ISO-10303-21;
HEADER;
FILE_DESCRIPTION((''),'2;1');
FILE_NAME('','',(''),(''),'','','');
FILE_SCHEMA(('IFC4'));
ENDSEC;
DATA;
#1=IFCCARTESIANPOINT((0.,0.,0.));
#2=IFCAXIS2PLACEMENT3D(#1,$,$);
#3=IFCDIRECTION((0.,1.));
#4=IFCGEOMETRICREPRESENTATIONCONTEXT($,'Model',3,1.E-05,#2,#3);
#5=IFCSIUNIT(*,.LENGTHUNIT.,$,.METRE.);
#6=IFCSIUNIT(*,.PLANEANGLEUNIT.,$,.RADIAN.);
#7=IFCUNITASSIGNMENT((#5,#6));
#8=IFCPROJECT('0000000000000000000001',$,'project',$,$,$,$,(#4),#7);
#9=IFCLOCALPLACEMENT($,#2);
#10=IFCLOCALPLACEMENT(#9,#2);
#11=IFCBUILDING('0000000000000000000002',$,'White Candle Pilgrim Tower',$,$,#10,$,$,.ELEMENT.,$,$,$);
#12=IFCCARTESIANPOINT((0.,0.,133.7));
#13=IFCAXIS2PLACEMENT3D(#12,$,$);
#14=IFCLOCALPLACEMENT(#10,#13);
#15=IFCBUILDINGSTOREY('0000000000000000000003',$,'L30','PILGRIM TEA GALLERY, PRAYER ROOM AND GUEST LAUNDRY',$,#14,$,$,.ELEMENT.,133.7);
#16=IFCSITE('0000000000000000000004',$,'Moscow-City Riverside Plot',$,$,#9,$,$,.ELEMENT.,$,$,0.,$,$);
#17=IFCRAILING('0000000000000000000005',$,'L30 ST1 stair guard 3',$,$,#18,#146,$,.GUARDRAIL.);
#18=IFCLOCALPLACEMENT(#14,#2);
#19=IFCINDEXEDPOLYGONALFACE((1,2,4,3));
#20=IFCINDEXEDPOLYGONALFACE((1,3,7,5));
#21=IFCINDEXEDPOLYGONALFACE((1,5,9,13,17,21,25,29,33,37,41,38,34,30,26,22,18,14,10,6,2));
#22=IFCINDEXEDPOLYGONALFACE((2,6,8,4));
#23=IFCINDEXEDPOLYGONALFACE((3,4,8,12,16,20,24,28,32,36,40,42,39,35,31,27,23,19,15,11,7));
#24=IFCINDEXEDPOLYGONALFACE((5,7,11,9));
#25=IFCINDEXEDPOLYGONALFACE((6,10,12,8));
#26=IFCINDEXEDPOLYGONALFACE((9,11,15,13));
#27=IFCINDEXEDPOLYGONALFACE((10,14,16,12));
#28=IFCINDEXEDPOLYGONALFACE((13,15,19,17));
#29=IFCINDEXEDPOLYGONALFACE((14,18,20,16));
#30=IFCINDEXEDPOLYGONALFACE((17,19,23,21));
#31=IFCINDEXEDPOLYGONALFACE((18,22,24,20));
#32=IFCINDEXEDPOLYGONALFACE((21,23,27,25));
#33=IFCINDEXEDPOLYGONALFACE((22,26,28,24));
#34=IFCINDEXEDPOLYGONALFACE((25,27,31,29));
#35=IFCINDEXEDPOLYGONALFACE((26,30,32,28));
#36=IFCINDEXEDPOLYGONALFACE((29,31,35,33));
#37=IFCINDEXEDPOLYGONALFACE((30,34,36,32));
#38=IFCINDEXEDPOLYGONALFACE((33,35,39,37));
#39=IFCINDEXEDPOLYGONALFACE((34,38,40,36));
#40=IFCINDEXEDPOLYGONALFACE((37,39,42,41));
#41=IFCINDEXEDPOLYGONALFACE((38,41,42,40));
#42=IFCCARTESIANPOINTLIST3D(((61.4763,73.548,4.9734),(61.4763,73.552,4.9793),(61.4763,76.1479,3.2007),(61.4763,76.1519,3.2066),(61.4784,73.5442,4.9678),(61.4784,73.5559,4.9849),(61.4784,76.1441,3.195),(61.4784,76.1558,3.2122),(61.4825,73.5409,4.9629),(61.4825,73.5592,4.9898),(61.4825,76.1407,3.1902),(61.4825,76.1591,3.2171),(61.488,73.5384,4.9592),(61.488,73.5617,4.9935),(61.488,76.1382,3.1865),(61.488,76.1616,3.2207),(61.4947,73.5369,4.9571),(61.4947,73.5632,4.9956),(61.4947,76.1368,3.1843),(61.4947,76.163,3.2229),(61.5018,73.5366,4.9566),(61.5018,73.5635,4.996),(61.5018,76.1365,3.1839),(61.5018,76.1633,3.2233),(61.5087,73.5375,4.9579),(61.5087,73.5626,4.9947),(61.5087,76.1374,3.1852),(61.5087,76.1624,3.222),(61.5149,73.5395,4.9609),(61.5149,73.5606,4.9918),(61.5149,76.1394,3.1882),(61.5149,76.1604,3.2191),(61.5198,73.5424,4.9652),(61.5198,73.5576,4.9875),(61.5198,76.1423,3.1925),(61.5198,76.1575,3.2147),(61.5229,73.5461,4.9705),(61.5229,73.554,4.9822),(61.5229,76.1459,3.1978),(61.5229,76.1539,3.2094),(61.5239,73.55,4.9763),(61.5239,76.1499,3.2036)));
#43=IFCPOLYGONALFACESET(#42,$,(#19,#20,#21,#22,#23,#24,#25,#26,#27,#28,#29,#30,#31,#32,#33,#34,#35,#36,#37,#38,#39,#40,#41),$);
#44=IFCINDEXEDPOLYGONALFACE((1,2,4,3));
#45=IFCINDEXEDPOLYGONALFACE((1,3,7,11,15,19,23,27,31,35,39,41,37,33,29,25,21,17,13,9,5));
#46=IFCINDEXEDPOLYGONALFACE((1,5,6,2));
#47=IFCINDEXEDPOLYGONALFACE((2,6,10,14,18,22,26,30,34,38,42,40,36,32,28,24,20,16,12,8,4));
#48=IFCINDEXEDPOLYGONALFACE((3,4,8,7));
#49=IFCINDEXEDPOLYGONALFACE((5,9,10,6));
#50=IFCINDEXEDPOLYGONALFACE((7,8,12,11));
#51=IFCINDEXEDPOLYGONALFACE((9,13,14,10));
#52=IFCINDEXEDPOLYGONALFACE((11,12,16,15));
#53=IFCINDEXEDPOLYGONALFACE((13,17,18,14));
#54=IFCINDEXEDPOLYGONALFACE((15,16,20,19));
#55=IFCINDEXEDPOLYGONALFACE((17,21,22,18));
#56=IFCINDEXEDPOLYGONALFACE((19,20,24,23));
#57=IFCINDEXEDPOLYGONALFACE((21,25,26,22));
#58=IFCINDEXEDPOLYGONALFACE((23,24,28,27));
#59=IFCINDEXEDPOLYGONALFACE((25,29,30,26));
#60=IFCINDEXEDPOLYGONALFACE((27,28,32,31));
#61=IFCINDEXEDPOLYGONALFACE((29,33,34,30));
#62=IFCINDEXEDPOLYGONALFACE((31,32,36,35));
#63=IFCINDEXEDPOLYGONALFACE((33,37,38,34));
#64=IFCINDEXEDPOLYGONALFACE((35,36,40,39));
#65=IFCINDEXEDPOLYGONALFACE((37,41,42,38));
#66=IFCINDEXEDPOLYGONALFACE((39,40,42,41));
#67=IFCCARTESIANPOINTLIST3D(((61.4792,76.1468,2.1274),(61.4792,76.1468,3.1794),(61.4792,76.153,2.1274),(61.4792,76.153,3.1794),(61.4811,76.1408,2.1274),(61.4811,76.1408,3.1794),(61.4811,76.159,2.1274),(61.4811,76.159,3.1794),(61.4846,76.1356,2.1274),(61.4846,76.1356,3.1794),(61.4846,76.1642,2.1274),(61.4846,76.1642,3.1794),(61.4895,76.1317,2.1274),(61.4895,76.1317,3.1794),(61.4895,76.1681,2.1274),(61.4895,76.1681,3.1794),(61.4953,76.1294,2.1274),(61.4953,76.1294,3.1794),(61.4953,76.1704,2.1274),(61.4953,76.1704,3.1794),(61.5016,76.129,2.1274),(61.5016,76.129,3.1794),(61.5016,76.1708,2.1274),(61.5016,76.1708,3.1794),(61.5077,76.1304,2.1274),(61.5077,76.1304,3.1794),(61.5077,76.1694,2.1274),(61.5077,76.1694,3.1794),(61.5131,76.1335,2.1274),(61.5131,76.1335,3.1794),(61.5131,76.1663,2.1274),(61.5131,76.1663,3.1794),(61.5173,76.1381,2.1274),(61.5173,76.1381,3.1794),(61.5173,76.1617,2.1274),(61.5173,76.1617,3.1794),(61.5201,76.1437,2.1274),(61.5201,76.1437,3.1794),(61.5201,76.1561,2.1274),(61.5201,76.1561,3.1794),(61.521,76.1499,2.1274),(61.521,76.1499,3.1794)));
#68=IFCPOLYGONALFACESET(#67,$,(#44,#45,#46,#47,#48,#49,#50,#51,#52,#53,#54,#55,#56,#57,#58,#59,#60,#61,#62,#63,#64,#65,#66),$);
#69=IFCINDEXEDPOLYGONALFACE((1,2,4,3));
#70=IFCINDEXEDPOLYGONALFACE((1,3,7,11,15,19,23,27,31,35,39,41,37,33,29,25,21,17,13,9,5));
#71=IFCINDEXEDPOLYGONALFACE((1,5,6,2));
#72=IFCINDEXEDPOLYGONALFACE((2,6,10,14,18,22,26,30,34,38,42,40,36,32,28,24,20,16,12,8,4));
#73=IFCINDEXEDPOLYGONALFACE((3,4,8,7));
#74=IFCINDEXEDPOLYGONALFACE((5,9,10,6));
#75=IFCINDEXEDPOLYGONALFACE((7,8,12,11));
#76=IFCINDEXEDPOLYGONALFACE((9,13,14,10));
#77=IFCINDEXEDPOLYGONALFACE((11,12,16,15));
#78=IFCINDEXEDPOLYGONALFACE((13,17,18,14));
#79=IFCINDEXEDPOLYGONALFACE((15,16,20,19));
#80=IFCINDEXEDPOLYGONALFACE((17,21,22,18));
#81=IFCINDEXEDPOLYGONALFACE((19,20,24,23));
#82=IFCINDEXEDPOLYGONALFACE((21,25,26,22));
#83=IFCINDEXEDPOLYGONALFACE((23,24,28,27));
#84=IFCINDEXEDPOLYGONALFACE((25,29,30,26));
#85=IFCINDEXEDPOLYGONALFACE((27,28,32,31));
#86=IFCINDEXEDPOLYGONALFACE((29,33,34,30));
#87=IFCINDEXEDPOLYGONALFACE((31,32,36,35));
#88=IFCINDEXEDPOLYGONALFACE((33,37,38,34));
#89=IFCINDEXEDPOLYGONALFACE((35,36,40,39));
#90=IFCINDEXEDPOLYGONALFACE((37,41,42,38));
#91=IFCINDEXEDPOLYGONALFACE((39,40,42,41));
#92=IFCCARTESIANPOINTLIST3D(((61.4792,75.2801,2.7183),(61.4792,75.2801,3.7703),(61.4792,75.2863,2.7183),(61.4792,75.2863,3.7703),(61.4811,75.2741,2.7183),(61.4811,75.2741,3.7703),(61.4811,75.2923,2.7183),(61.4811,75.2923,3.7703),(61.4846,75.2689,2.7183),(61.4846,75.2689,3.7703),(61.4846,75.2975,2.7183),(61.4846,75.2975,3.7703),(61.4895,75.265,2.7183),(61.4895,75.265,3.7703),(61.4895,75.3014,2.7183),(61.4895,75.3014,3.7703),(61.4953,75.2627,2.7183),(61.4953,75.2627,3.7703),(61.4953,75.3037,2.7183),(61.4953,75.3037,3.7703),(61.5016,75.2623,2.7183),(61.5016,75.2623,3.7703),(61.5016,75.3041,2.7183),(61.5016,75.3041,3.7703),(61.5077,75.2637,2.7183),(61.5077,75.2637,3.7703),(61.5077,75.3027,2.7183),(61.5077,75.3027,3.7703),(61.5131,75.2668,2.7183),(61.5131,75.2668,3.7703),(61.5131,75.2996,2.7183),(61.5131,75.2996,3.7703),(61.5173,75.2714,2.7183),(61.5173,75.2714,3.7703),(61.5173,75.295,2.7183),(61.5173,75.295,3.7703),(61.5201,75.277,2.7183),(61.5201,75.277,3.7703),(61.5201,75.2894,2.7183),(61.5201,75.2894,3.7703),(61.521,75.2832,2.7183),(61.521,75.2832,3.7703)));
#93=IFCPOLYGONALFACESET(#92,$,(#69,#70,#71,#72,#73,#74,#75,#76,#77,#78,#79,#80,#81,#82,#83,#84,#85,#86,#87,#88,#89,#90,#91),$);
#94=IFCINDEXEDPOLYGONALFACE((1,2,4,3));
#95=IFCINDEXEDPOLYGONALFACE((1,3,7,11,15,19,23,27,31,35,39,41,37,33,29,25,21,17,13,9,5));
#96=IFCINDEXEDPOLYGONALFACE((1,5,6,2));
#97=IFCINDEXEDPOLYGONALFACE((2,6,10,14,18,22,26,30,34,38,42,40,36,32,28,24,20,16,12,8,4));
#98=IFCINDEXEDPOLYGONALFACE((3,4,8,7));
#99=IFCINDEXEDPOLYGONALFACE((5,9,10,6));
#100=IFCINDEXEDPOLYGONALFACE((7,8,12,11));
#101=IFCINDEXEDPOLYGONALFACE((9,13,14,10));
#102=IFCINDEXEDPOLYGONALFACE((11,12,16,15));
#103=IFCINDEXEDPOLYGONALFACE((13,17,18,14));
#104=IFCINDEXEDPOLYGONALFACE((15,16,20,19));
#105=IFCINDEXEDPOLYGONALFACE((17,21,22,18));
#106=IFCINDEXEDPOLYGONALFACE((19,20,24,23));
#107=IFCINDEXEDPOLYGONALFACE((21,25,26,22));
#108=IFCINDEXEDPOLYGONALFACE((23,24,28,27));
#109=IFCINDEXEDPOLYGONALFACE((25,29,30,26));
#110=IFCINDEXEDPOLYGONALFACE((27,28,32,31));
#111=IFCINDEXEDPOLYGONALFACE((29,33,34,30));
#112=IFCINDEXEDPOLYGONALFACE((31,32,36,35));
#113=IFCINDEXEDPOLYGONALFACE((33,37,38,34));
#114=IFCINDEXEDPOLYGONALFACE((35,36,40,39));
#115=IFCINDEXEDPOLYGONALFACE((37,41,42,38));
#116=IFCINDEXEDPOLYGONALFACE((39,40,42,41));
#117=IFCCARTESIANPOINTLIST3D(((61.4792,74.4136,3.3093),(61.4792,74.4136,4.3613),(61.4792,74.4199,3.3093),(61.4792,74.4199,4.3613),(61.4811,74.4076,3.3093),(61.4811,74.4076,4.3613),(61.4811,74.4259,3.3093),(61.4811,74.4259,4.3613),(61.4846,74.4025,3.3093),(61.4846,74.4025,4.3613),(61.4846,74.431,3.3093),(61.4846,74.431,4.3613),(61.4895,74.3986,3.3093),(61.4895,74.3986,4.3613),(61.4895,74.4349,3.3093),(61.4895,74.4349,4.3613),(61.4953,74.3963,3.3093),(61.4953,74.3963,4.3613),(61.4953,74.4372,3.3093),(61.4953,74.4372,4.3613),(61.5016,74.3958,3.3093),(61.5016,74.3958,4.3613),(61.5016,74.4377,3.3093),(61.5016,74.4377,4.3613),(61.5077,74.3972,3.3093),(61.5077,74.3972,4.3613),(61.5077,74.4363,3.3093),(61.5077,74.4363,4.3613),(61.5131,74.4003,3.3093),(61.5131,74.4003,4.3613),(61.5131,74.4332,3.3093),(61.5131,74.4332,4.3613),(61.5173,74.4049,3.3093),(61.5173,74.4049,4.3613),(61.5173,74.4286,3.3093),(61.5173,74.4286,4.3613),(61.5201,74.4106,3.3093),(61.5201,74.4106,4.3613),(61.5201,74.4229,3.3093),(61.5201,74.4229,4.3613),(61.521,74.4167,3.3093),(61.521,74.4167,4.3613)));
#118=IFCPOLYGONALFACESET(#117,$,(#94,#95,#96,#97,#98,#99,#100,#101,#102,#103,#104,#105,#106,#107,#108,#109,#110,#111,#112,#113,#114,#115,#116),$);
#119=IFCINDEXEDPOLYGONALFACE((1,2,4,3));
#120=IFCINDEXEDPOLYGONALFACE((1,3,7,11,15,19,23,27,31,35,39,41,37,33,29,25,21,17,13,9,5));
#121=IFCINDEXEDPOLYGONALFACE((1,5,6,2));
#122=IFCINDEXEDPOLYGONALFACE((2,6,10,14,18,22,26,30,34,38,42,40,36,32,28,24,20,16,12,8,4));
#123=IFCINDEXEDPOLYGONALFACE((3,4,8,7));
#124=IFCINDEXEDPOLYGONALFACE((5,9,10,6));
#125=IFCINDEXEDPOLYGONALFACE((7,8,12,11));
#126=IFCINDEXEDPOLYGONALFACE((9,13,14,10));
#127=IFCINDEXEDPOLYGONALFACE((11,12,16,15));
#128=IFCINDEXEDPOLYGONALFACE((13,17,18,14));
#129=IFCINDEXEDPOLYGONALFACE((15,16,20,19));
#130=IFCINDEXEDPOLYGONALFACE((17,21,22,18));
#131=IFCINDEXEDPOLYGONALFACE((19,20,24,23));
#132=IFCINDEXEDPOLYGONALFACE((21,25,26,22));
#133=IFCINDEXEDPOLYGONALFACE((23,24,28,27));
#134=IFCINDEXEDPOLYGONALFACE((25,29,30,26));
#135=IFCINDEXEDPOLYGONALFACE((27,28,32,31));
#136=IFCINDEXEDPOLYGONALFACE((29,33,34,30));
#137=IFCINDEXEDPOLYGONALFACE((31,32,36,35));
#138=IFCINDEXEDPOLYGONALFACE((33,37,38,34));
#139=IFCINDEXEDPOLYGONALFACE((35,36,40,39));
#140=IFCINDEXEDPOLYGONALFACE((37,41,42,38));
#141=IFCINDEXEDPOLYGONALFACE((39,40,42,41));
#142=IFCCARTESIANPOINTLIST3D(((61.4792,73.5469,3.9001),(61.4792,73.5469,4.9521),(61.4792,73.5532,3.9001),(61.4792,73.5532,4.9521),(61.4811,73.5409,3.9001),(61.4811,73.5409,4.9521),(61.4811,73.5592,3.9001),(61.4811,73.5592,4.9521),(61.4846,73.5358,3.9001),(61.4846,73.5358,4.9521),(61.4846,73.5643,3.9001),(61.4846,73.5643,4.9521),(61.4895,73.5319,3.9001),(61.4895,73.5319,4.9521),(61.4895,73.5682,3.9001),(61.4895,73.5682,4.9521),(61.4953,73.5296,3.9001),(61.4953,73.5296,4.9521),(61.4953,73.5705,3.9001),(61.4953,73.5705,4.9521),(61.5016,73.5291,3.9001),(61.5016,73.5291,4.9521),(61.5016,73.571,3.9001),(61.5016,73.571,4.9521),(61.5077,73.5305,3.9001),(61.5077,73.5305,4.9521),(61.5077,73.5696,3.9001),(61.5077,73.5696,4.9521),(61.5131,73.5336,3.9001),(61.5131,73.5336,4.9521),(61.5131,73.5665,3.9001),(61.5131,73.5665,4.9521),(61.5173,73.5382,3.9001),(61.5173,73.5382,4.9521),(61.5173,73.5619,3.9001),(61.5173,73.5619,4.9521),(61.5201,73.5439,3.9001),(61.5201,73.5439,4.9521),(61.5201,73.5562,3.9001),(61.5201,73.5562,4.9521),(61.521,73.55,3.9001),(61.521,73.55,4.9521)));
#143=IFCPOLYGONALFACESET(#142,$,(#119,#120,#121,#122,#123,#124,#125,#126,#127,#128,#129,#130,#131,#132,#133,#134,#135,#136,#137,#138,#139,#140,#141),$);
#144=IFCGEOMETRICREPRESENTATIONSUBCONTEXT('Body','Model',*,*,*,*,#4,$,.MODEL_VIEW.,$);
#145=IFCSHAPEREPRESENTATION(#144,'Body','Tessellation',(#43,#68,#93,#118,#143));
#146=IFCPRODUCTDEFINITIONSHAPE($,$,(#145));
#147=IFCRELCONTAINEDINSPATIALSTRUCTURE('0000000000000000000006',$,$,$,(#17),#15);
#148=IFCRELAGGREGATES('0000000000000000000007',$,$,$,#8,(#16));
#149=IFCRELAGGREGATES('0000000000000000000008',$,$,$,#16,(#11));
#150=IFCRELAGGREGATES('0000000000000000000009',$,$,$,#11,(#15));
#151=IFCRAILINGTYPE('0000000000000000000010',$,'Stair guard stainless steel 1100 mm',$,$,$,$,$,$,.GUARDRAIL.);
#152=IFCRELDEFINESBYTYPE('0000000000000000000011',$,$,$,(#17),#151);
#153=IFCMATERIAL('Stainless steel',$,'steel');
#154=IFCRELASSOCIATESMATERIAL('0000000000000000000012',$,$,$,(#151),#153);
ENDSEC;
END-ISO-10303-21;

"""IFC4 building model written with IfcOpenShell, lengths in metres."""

from ifc_helpers import new_model, si_unit, direction, frame, origin, origin_2d, place, context, subcontext, project, spatial, circle, extrude, material, type_object, element, save


model = new_model("IFC4")

# Units and contexts
model_context = context("Model", 3, precision=1e-05, world=origin(), true_north=direction((0.0, 1.0)))
body_context = subcontext(model_context, "Body", "Model", "MODEL_VIEW")
ifc_project = project(units=[si_unit("LENGTHUNIT", "METRE"), si_unit("PLANEANGLEUNIT", "RADIAN")], contexts=[model_context])

# Site, building, storey
site_placement = place(None, origin())
site = spatial("IfcSite", under=ifc_project, at=site_placement, Name="Moscow-City Riverside Plot", CompositionType="ELEMENT", RefElevation=0.0)
building_placement = place(site_placement, origin())
building = spatial("IfcBuilding", under=site, at=building_placement, Name="White Candle Pilgrim Tower", CompositionType="ELEMENT")
storey_placement = place(building_placement, frame((0.0, 0.0, 133.7)))
storey = spatial("IfcBuildingStorey", under=building, at=storey_placement, Name="L30", Description="PILGRIM TEA GALLERY, PRAYER ROOM AND GUEST LAUNDRY", CompositionType="ELEMENT", Elevation=133.7)

# Railing
ifc_material_1 = material(Name="Stainless steel", Category="steel")
railing_type_1 = type_object("IfcRailingType", Name="Stair guard stainless steel 1100 mm", PredefinedType="GUARDRAIL", material=ifc_material_1)
railing_1_placement = place(storey_placement, frame((61.5, 76.1499, 2.1274)))
element("IfcRailing", 1, at=railing_1_placement, inside=storey, type_object=railing_type_1, Name="L30 ST1 stair guard 3", PredefinedType="GUARDRAIL", context=body_context, shape_type="SweptSolid", body=[
    extrude(circle(Radius=0.0239, at=origin_2d()), frame((0.0, 0.0, 1.0762), z_axis=(0.0, -0.826216, 0.563354), x_axis=(1.0, 0.0, 0.0)), (0.0, 0.0, 1.0), 3.1467),
    extrude(circle(Radius=0.021, at=origin_2d()), origin(), (0.0, 0.0, 1.0), 1.052),
    extrude(circle(Radius=0.021, at=origin_2d()), frame((0.0, -0.8667, 0.5908)), (0.0, 0.0, 1.0), 1.052),
    extrude(circle(Radius=0.021, at=origin_2d()), frame((0.0, -1.7332, 1.1819)), (0.0, 0.0, 1.0), 1.052),
    extrude(circle(Radius=0.021, at=origin_2d()), frame((0.0, -2.5999, 1.7727)), (0.0, 0.0, 1.0), 1.052),
])

save(model, "model.ifc")
